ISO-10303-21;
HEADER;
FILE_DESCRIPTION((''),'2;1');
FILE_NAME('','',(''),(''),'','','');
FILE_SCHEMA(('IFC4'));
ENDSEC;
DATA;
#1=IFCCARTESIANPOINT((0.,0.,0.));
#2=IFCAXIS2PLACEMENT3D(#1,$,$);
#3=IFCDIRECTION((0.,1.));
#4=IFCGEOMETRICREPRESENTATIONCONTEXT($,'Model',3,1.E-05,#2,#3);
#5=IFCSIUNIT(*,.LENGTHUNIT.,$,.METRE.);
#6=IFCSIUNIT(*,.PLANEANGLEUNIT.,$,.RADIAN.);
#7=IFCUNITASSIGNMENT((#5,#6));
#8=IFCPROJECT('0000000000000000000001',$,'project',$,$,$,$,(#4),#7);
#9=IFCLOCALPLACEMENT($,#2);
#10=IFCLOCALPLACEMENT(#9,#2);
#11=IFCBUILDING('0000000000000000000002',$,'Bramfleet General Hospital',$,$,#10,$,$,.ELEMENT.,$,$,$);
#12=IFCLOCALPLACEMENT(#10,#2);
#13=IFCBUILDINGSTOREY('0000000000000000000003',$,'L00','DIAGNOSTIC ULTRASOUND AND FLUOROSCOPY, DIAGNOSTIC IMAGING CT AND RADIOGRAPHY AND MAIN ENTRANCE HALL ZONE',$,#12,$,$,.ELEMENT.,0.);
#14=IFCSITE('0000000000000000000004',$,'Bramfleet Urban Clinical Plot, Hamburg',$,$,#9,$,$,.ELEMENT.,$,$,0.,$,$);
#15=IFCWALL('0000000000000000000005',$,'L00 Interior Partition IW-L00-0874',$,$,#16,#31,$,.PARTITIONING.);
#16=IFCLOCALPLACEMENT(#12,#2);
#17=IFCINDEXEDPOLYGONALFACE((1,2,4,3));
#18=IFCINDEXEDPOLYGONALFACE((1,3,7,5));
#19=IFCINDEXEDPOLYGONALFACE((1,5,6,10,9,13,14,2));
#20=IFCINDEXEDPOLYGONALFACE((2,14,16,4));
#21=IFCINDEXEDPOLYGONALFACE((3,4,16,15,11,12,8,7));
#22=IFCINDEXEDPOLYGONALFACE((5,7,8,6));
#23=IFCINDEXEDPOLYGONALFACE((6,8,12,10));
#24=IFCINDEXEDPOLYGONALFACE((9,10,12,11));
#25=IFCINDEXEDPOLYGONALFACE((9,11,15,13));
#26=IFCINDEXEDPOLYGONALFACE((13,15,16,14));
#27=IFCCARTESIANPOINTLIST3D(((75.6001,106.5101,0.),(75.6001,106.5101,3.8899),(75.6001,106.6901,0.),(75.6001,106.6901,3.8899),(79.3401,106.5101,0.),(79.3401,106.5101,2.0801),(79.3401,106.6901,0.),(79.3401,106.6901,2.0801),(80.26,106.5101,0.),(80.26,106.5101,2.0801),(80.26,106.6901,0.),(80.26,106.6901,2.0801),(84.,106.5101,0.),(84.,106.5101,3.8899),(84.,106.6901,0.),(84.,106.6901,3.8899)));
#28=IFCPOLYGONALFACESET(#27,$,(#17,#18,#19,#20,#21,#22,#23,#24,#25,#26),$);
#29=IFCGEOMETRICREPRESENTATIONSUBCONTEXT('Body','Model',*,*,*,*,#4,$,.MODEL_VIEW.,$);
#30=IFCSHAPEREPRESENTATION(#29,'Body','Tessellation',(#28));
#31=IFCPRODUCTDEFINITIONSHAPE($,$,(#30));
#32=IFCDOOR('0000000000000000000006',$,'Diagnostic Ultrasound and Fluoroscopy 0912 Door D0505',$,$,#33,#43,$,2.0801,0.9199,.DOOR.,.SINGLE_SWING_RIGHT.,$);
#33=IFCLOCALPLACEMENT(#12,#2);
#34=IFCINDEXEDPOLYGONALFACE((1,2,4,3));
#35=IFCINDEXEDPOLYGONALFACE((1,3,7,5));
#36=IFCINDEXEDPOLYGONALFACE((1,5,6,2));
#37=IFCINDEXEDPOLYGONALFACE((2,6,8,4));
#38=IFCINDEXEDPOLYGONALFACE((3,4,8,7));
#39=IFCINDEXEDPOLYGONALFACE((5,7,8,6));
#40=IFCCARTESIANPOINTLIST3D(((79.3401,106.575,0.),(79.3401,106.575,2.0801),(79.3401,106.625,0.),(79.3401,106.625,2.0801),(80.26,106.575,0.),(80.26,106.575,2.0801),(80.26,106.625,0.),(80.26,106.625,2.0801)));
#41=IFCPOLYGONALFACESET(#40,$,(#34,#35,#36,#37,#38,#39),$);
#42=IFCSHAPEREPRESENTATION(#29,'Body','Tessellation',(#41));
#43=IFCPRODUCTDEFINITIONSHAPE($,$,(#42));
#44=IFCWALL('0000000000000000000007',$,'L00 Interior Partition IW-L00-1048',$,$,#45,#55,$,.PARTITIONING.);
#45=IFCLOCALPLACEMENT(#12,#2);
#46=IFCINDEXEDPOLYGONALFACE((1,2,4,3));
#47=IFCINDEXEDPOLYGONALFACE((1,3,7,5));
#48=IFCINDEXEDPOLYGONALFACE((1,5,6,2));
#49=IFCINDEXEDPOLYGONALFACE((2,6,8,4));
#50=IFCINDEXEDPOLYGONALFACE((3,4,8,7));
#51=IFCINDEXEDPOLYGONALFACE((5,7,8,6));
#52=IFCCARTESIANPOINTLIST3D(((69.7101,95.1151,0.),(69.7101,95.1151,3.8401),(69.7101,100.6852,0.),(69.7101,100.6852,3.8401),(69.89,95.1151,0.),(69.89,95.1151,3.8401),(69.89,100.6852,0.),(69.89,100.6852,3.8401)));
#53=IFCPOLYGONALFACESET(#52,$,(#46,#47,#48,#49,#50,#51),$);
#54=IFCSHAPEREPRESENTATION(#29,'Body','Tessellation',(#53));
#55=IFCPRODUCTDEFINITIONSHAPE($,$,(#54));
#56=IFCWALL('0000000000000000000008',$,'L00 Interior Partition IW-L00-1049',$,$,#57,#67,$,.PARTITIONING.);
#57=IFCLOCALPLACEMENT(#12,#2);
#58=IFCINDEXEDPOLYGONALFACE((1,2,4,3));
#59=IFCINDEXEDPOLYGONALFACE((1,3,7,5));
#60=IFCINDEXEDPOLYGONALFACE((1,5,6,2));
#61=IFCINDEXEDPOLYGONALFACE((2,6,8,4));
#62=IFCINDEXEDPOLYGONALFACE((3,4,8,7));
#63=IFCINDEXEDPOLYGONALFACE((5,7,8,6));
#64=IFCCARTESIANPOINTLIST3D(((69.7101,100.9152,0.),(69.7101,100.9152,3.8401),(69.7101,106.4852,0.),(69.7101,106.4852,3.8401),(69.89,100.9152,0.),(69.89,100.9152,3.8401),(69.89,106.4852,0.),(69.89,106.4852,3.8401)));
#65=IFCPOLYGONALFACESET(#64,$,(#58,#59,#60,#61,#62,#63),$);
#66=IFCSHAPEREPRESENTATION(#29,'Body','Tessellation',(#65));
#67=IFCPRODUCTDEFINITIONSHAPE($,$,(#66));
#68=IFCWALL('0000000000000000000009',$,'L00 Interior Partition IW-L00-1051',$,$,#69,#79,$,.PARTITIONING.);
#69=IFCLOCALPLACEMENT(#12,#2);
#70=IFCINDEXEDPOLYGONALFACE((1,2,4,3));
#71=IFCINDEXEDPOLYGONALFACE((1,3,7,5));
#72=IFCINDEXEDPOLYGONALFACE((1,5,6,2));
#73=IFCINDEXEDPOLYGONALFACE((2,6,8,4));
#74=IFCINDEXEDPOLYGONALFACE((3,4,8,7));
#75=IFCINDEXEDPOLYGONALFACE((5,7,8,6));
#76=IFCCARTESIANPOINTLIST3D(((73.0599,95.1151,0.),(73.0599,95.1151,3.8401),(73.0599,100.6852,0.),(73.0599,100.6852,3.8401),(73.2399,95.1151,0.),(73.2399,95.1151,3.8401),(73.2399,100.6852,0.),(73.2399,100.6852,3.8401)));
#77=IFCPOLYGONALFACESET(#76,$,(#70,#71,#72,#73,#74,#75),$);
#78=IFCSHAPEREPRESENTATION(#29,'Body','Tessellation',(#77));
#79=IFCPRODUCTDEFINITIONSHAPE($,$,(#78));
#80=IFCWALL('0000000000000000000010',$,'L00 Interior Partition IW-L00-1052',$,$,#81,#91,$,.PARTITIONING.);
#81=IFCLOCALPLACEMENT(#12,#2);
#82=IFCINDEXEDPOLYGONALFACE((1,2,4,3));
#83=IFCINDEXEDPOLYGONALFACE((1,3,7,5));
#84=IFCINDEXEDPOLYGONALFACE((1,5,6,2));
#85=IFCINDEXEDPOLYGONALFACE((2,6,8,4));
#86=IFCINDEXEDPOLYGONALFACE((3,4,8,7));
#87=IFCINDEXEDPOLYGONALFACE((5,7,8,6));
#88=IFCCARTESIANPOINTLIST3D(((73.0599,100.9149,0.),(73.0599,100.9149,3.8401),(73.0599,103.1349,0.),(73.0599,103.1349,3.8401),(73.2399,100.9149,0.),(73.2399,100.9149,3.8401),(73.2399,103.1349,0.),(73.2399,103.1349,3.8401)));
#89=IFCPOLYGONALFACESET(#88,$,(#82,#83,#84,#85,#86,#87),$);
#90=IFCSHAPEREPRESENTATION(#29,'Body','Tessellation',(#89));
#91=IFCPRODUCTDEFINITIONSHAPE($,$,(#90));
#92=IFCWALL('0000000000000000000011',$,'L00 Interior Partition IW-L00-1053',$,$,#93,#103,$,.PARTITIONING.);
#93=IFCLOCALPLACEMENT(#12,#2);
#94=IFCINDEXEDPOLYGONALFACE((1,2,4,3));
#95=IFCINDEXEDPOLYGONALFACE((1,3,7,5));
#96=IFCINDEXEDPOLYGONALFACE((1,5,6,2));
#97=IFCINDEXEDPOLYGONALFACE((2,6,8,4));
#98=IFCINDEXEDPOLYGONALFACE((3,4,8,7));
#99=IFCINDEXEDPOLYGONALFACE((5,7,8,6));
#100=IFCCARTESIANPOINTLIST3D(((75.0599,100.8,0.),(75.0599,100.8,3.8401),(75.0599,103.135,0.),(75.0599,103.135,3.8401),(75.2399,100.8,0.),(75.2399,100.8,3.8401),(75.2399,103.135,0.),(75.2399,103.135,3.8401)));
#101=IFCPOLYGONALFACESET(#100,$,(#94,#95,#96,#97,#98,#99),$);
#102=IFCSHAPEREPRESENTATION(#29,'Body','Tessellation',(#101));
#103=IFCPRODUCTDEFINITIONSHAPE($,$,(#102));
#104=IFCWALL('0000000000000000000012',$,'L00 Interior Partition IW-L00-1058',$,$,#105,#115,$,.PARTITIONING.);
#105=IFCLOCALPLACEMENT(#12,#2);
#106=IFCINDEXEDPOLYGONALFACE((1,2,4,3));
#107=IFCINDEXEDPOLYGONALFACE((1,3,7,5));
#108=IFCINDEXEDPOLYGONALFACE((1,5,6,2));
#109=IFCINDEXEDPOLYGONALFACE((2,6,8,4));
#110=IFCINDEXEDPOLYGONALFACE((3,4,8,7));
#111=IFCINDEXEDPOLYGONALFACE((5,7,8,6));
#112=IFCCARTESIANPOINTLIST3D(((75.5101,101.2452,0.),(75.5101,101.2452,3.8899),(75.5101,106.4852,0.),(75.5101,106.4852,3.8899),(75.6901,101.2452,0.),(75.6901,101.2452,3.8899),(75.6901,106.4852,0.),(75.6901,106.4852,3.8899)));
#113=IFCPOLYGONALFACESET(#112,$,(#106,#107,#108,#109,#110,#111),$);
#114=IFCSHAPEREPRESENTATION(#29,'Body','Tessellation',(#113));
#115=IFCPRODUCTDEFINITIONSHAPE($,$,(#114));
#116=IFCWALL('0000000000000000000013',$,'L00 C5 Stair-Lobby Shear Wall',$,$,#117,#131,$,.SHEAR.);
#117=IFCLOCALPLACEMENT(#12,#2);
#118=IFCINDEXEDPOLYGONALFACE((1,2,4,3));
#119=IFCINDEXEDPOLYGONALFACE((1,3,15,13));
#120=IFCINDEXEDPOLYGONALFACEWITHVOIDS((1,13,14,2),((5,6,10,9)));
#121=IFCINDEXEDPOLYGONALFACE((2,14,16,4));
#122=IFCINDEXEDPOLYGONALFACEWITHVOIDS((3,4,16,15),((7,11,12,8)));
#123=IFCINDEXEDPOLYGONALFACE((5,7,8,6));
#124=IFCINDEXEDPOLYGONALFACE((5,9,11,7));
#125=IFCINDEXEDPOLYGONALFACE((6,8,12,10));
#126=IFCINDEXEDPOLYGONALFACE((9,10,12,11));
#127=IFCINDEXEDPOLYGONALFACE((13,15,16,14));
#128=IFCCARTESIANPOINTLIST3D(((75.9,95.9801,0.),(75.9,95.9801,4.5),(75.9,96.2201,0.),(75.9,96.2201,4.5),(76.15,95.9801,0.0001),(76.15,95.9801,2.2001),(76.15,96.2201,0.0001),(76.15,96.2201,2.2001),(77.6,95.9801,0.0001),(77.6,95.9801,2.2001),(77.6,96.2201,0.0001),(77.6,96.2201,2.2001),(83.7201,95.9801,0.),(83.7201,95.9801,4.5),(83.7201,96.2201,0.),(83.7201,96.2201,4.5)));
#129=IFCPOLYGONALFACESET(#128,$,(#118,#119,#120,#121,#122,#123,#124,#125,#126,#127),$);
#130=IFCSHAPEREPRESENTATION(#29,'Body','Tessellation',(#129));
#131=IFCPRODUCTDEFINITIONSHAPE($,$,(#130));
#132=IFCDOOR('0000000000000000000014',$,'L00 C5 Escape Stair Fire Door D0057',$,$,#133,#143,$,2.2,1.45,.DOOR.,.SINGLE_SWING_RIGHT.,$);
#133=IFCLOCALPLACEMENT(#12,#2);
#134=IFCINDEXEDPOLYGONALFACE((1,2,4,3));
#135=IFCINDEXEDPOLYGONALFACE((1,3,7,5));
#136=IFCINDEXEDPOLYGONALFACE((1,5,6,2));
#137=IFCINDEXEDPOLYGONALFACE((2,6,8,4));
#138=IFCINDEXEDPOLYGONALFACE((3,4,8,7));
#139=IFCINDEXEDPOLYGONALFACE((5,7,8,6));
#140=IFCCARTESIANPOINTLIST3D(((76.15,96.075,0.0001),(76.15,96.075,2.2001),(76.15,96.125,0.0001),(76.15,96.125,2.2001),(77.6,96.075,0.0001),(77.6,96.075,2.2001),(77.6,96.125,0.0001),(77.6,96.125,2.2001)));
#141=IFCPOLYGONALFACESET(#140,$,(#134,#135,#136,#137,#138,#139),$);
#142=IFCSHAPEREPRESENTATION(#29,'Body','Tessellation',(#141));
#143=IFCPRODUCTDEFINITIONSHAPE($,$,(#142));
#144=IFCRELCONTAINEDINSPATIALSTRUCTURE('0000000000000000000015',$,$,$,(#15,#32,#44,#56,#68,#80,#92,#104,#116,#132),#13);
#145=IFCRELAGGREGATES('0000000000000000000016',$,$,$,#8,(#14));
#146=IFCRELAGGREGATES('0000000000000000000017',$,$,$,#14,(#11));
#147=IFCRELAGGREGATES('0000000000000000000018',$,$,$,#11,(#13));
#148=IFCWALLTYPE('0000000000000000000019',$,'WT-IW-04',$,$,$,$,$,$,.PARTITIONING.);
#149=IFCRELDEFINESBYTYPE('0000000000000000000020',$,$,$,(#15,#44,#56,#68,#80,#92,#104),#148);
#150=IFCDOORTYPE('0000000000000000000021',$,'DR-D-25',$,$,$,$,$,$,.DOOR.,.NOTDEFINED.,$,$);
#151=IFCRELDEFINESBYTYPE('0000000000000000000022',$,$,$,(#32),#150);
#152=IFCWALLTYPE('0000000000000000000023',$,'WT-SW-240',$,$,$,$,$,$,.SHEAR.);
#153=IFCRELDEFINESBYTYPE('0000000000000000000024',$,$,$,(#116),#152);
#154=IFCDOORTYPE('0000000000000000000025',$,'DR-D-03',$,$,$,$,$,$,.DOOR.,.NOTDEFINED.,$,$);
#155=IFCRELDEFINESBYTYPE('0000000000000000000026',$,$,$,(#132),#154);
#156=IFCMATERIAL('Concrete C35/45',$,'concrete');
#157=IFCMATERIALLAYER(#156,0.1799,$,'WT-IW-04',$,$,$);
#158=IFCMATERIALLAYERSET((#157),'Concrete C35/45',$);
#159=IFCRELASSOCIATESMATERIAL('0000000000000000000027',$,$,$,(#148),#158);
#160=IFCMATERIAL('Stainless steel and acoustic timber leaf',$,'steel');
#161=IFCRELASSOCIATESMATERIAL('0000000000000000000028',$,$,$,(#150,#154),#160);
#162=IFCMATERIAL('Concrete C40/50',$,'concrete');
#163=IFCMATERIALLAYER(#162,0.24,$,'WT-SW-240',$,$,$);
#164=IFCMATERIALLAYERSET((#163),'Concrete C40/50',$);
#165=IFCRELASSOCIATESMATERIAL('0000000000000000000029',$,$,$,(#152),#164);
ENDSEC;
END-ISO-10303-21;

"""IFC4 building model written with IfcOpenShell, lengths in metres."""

from ifc_helpers import new_model, si_unit, direction, frame, frame_2d, origin, place, context, subcontext, project, spatial, rectangle, extrude, material, layer, layer_set, type_object, element, fill, save


model = new_model("IFC4")

# Units and contexts
model_context = context("Model", 3, precision=1e-05, world=origin(), true_north=direction((0.0, 1.0)))
body_context = subcontext(model_context, "Body", "Model", "MODEL_VIEW")
ifc_project = project(units=[si_unit("LENGTHUNIT", "METRE"), si_unit("PLANEANGLEUNIT", "RADIAN")], contexts=[model_context])

# Site, building, storey
site_placement = place(None, origin())
site = spatial("IfcSite", under=ifc_project, at=site_placement, Name="Bramfleet Urban Clinical Plot, Hamburg", CompositionType="ELEMENT", RefElevation=0.0)
building_placement = place(site_placement, origin())
building = spatial("IfcBuilding", under=site, at=building_placement, Name="Bramfleet General Hospital", CompositionType="ELEMENT")
storey_placement = place(building_placement, origin())
storey = spatial("IfcBuildingStorey", under=building, at=storey_placement, Name="L00", Description="DIAGNOSTIC ULTRASOUND AND FLUOROSCOPY, DIAGNOSTIC IMAGING CT AND RADIOGRAPHY AND MAIN ENTRANCE HALL ZONE", CompositionType="ELEMENT", Elevation=0.0)

# Shared definitions
ifc_material_1 = material(Name="Concrete C40/50", Category="concrete")

# Shared definitions
ifc_material_2 = material(Name="Concrete C35/45", Category="concrete")

# Shared definitions
ifc_material_3 = material(Name="Stainless steel and acoustic timber leaf", Category="steel")

# Shared definitions
ifc_layer_1 = layer(ifc_material_2, 0.1799, Name="WT-IW-04")
ifc_layer_set_1 = layer_set([ifc_layer_1], Name="Concrete C35/45")
wall_type_1 = type_object("IfcWallType", Name="WT-IW-04", PredefinedType="PARTITIONING", material=ifc_layer_set_1)

# Wall, opening, door
wall_1_placement = place(storey_placement, frame((75.6001, 106.6001, 0.0), z_axis=(0.0, 0.0, 1.0), x_axis=(1.0, 0.0, 0.0)))
wall_1 = element("IfcWall", 1, at=wall_1_placement, inside=storey, type_object=wall_type_1, Name="L00 Interior Partition IW-L00-0874", PredefinedType="PARTITIONING", context=body_context, shape_type="SweptSolid", body=[
    extrude(rectangle(XDim=8.3999, YDim=0.1799, at=frame_2d((4.2, 0.0))), origin(), (0.0, 0.0, 1.0), 3.8899),
])
opening_1_placement = place(wall_1_placement, frame((3.74, 0.0, 0.0)))
opening_1 = element("IfcOpeningElement", 2, at=opening_1_placement, cuts=wall_1, PredefinedType="OPENING", context=body_context, shape_type="SweptSolid", body=[
    extrude(rectangle(XDim=0.9199, YDim=2.0801, at=frame_2d((0.46, 1.04))), frame((0.0, 0.0999, 0.0), z_axis=(0.0, -1.0, 0.0), x_axis=(1.0, 0.0, 0.0)), (0.0, 0.0, 1.0), 0.2),
])
door_type_1 = type_object("IfcDoorType", Name="DR-D-25", OperationType="NOTDEFINED", PredefinedType="DOOR", material=ifc_material_3)
door_1_placement = place(opening_1_placement, origin())
door_1 = element("IfcDoor", 3, at=door_1_placement, inside=storey, type_object=door_type_1, Name="Diagnostic Ultrasound and Fluoroscopy 0912 Door D0505", OperationType="SINGLE_SWING_RIGHT", OverallHeight=2.0801, OverallWidth=0.9199, PredefinedType="DOOR", context=body_context, shape_type="SweptSolid", body=[
    extrude(rectangle(XDim=0.9199, YDim=2.0801, at=frame_2d((0.46, 1.04))), frame((0.0, 0.0249, 0.0), z_axis=(0.0, -1.0, 0.0), x_axis=(1.0, 0.0, 0.0)), (0.0, 0.0, 1.0), 0.05),
])
fill(opening_1, door_1)

# Walls
for number, where, z_axis, x_axis, name in (
    (4, (69.8, 95.115, 0.0), (0.0, 0.0, 1.0), (0.0, 1.0, 0.0), "L00 Interior Partition IW-L00-1048"),
    (5, (69.8, 100.915, 0.0), (0.0, 0.0, 1.0), (0.0, 1.0, 0.0), "L00 Interior Partition IW-L00-1049"),
    (6, (73.1499, 95.115, 0.0), (0.0, 0.0, 1.0), (0.0, 1.0, 0.0), "L00 Interior Partition IW-L00-1051"),
):
    element("IfcWall", number, at=place(storey_placement, frame(where, z_axis=z_axis, x_axis=x_axis)), inside=storey, type_object=wall_type_1, Name=name, PredefinedType="PARTITIONING", context=body_context, shape_type="SweptSolid", body=[
        extrude(rectangle(XDim=5.5701, YDim=0.1799, at=frame_2d((2.7852, 0.0))), origin(), (0.0, 0.0, 1.0), 3.8401),
    ])
wall_2_placement = place(storey_placement, frame((73.1499, 100.915, 0.0), z_axis=(0.0, 0.0, 1.0), x_axis=(0.0, 1.0, 0.0)))
element("IfcWall", 7, at=wall_2_placement, inside=storey, type_object=wall_type_1, Name="L00 Interior Partition IW-L00-1052", PredefinedType="PARTITIONING", context=body_context, shape_type="SweptSolid", body=[
    extrude(rectangle(XDim=2.22, YDim=0.1799, at=frame_2d((1.1099, 0.0))), origin(), (0.0, 0.0, 1.0), 3.8401),
])
wall_3_placement = place(storey_placement, frame((75.1499, 100.8, 0.0), z_axis=(0.0, 0.0, 1.0), x_axis=(0.0, 1.0, 0.0)))
element("IfcWall", 8, at=wall_3_placement, inside=storey, type_object=wall_type_1, Name="L00 Interior Partition IW-L00-1053", PredefinedType="PARTITIONING", context=body_context, shape_type="SweptSolid", body=[
    extrude(rectangle(XDim=2.335, YDim=0.1799, at=frame_2d((1.1675, 0.0))), origin(), (0.0, 0.0, 1.0), 3.8401),
])
wall_4_placement = place(storey_placement, frame((75.6001, 101.2451, 0.0), z_axis=(0.0, 0.0, 1.0), x_axis=(0.0, 1.0, 0.0)))
element("IfcWall", 9, at=wall_4_placement, inside=storey, type_object=wall_type_1, Name="L00 Interior Partition IW-L00-1058", PredefinedType="PARTITIONING", context=body_context, shape_type="SweptSolid", body=[
    extrude(rectangle(XDim=5.24, YDim=0.1799, at=frame_2d((2.6201, 0.0))), origin(), (0.0, 0.0, 1.0), 3.8899),
])

# Wall, opening, door
ifc_layer_2 = layer(ifc_material_1, 0.24, Name="WT-SW-240")
ifc_layer_set_2 = layer_set([ifc_layer_2], Name="Concrete C40/50")
wall_type_2 = type_object("IfcWallType", Name="WT-SW-240", PredefinedType="SHEAR", material=ifc_layer_set_2)
wall_5_placement = place(storey_placement, frame((75.8999, 96.1001, 0.0), z_axis=(0.0, 0.0, 1.0), x_axis=(1.0, 0.0, 0.0)))
wall_5 = element("IfcWall", 10, at=wall_5_placement, inside=storey, type_object=wall_type_2, Name="L00 C5 Stair-Lobby Shear Wall", PredefinedType="SHEAR", context=body_context, shape_type="SweptSolid", body=[
    extrude(rectangle(XDim=7.8201, YDim=0.24, at=frame_2d((3.9102, 0.0))), origin(), (0.0, 0.0, 1.0), 4.5),
])
opening_2_placement = place(wall_5_placement, frame((0.25, 0.0, 0.0)))
opening_2 = element("IfcOpeningElement", 11, at=opening_2_placement, cuts=wall_5, PredefinedType="OPENING", context=body_context, shape_type="SweptSolid", body=[
    extrude(rectangle(XDim=1.45, YDim=2.2, at=frame_2d((0.7251, 1.1001))), frame((0.0, 0.1299, 0.0), z_axis=(0.0, -1.0, 0.0), x_axis=(1.0, 0.0, 0.0)), (0.0, 0.0, 1.0), 0.26),
])
door_type_2 = type_object("IfcDoorType", Name="DR-D-03", OperationType="NOTDEFINED", PredefinedType="DOOR", material=ifc_material_3)
door_2_placement = place(opening_2_placement, origin())
door_2 = element("IfcDoor", 12, at=door_2_placement, inside=storey, type_object=door_type_2, Name="L00 C5 Escape Stair Fire Door D0057", OperationType="SINGLE_SWING_RIGHT", OverallHeight=2.2, OverallWidth=1.45, PredefinedType="DOOR", context=body_context, shape_type="SweptSolid", body=[
    extrude(rectangle(XDim=1.45, YDim=2.2, at=frame_2d((0.7251, 1.1001))), frame((0.0, 0.0249, 0.0), z_axis=(0.0, -1.0, 0.0), x_axis=(1.0, 0.0, 0.0)), (0.0, 0.0, 1.0), 0.05),
])
fill(opening_2, door_2)

save(model, "model.ifc")
